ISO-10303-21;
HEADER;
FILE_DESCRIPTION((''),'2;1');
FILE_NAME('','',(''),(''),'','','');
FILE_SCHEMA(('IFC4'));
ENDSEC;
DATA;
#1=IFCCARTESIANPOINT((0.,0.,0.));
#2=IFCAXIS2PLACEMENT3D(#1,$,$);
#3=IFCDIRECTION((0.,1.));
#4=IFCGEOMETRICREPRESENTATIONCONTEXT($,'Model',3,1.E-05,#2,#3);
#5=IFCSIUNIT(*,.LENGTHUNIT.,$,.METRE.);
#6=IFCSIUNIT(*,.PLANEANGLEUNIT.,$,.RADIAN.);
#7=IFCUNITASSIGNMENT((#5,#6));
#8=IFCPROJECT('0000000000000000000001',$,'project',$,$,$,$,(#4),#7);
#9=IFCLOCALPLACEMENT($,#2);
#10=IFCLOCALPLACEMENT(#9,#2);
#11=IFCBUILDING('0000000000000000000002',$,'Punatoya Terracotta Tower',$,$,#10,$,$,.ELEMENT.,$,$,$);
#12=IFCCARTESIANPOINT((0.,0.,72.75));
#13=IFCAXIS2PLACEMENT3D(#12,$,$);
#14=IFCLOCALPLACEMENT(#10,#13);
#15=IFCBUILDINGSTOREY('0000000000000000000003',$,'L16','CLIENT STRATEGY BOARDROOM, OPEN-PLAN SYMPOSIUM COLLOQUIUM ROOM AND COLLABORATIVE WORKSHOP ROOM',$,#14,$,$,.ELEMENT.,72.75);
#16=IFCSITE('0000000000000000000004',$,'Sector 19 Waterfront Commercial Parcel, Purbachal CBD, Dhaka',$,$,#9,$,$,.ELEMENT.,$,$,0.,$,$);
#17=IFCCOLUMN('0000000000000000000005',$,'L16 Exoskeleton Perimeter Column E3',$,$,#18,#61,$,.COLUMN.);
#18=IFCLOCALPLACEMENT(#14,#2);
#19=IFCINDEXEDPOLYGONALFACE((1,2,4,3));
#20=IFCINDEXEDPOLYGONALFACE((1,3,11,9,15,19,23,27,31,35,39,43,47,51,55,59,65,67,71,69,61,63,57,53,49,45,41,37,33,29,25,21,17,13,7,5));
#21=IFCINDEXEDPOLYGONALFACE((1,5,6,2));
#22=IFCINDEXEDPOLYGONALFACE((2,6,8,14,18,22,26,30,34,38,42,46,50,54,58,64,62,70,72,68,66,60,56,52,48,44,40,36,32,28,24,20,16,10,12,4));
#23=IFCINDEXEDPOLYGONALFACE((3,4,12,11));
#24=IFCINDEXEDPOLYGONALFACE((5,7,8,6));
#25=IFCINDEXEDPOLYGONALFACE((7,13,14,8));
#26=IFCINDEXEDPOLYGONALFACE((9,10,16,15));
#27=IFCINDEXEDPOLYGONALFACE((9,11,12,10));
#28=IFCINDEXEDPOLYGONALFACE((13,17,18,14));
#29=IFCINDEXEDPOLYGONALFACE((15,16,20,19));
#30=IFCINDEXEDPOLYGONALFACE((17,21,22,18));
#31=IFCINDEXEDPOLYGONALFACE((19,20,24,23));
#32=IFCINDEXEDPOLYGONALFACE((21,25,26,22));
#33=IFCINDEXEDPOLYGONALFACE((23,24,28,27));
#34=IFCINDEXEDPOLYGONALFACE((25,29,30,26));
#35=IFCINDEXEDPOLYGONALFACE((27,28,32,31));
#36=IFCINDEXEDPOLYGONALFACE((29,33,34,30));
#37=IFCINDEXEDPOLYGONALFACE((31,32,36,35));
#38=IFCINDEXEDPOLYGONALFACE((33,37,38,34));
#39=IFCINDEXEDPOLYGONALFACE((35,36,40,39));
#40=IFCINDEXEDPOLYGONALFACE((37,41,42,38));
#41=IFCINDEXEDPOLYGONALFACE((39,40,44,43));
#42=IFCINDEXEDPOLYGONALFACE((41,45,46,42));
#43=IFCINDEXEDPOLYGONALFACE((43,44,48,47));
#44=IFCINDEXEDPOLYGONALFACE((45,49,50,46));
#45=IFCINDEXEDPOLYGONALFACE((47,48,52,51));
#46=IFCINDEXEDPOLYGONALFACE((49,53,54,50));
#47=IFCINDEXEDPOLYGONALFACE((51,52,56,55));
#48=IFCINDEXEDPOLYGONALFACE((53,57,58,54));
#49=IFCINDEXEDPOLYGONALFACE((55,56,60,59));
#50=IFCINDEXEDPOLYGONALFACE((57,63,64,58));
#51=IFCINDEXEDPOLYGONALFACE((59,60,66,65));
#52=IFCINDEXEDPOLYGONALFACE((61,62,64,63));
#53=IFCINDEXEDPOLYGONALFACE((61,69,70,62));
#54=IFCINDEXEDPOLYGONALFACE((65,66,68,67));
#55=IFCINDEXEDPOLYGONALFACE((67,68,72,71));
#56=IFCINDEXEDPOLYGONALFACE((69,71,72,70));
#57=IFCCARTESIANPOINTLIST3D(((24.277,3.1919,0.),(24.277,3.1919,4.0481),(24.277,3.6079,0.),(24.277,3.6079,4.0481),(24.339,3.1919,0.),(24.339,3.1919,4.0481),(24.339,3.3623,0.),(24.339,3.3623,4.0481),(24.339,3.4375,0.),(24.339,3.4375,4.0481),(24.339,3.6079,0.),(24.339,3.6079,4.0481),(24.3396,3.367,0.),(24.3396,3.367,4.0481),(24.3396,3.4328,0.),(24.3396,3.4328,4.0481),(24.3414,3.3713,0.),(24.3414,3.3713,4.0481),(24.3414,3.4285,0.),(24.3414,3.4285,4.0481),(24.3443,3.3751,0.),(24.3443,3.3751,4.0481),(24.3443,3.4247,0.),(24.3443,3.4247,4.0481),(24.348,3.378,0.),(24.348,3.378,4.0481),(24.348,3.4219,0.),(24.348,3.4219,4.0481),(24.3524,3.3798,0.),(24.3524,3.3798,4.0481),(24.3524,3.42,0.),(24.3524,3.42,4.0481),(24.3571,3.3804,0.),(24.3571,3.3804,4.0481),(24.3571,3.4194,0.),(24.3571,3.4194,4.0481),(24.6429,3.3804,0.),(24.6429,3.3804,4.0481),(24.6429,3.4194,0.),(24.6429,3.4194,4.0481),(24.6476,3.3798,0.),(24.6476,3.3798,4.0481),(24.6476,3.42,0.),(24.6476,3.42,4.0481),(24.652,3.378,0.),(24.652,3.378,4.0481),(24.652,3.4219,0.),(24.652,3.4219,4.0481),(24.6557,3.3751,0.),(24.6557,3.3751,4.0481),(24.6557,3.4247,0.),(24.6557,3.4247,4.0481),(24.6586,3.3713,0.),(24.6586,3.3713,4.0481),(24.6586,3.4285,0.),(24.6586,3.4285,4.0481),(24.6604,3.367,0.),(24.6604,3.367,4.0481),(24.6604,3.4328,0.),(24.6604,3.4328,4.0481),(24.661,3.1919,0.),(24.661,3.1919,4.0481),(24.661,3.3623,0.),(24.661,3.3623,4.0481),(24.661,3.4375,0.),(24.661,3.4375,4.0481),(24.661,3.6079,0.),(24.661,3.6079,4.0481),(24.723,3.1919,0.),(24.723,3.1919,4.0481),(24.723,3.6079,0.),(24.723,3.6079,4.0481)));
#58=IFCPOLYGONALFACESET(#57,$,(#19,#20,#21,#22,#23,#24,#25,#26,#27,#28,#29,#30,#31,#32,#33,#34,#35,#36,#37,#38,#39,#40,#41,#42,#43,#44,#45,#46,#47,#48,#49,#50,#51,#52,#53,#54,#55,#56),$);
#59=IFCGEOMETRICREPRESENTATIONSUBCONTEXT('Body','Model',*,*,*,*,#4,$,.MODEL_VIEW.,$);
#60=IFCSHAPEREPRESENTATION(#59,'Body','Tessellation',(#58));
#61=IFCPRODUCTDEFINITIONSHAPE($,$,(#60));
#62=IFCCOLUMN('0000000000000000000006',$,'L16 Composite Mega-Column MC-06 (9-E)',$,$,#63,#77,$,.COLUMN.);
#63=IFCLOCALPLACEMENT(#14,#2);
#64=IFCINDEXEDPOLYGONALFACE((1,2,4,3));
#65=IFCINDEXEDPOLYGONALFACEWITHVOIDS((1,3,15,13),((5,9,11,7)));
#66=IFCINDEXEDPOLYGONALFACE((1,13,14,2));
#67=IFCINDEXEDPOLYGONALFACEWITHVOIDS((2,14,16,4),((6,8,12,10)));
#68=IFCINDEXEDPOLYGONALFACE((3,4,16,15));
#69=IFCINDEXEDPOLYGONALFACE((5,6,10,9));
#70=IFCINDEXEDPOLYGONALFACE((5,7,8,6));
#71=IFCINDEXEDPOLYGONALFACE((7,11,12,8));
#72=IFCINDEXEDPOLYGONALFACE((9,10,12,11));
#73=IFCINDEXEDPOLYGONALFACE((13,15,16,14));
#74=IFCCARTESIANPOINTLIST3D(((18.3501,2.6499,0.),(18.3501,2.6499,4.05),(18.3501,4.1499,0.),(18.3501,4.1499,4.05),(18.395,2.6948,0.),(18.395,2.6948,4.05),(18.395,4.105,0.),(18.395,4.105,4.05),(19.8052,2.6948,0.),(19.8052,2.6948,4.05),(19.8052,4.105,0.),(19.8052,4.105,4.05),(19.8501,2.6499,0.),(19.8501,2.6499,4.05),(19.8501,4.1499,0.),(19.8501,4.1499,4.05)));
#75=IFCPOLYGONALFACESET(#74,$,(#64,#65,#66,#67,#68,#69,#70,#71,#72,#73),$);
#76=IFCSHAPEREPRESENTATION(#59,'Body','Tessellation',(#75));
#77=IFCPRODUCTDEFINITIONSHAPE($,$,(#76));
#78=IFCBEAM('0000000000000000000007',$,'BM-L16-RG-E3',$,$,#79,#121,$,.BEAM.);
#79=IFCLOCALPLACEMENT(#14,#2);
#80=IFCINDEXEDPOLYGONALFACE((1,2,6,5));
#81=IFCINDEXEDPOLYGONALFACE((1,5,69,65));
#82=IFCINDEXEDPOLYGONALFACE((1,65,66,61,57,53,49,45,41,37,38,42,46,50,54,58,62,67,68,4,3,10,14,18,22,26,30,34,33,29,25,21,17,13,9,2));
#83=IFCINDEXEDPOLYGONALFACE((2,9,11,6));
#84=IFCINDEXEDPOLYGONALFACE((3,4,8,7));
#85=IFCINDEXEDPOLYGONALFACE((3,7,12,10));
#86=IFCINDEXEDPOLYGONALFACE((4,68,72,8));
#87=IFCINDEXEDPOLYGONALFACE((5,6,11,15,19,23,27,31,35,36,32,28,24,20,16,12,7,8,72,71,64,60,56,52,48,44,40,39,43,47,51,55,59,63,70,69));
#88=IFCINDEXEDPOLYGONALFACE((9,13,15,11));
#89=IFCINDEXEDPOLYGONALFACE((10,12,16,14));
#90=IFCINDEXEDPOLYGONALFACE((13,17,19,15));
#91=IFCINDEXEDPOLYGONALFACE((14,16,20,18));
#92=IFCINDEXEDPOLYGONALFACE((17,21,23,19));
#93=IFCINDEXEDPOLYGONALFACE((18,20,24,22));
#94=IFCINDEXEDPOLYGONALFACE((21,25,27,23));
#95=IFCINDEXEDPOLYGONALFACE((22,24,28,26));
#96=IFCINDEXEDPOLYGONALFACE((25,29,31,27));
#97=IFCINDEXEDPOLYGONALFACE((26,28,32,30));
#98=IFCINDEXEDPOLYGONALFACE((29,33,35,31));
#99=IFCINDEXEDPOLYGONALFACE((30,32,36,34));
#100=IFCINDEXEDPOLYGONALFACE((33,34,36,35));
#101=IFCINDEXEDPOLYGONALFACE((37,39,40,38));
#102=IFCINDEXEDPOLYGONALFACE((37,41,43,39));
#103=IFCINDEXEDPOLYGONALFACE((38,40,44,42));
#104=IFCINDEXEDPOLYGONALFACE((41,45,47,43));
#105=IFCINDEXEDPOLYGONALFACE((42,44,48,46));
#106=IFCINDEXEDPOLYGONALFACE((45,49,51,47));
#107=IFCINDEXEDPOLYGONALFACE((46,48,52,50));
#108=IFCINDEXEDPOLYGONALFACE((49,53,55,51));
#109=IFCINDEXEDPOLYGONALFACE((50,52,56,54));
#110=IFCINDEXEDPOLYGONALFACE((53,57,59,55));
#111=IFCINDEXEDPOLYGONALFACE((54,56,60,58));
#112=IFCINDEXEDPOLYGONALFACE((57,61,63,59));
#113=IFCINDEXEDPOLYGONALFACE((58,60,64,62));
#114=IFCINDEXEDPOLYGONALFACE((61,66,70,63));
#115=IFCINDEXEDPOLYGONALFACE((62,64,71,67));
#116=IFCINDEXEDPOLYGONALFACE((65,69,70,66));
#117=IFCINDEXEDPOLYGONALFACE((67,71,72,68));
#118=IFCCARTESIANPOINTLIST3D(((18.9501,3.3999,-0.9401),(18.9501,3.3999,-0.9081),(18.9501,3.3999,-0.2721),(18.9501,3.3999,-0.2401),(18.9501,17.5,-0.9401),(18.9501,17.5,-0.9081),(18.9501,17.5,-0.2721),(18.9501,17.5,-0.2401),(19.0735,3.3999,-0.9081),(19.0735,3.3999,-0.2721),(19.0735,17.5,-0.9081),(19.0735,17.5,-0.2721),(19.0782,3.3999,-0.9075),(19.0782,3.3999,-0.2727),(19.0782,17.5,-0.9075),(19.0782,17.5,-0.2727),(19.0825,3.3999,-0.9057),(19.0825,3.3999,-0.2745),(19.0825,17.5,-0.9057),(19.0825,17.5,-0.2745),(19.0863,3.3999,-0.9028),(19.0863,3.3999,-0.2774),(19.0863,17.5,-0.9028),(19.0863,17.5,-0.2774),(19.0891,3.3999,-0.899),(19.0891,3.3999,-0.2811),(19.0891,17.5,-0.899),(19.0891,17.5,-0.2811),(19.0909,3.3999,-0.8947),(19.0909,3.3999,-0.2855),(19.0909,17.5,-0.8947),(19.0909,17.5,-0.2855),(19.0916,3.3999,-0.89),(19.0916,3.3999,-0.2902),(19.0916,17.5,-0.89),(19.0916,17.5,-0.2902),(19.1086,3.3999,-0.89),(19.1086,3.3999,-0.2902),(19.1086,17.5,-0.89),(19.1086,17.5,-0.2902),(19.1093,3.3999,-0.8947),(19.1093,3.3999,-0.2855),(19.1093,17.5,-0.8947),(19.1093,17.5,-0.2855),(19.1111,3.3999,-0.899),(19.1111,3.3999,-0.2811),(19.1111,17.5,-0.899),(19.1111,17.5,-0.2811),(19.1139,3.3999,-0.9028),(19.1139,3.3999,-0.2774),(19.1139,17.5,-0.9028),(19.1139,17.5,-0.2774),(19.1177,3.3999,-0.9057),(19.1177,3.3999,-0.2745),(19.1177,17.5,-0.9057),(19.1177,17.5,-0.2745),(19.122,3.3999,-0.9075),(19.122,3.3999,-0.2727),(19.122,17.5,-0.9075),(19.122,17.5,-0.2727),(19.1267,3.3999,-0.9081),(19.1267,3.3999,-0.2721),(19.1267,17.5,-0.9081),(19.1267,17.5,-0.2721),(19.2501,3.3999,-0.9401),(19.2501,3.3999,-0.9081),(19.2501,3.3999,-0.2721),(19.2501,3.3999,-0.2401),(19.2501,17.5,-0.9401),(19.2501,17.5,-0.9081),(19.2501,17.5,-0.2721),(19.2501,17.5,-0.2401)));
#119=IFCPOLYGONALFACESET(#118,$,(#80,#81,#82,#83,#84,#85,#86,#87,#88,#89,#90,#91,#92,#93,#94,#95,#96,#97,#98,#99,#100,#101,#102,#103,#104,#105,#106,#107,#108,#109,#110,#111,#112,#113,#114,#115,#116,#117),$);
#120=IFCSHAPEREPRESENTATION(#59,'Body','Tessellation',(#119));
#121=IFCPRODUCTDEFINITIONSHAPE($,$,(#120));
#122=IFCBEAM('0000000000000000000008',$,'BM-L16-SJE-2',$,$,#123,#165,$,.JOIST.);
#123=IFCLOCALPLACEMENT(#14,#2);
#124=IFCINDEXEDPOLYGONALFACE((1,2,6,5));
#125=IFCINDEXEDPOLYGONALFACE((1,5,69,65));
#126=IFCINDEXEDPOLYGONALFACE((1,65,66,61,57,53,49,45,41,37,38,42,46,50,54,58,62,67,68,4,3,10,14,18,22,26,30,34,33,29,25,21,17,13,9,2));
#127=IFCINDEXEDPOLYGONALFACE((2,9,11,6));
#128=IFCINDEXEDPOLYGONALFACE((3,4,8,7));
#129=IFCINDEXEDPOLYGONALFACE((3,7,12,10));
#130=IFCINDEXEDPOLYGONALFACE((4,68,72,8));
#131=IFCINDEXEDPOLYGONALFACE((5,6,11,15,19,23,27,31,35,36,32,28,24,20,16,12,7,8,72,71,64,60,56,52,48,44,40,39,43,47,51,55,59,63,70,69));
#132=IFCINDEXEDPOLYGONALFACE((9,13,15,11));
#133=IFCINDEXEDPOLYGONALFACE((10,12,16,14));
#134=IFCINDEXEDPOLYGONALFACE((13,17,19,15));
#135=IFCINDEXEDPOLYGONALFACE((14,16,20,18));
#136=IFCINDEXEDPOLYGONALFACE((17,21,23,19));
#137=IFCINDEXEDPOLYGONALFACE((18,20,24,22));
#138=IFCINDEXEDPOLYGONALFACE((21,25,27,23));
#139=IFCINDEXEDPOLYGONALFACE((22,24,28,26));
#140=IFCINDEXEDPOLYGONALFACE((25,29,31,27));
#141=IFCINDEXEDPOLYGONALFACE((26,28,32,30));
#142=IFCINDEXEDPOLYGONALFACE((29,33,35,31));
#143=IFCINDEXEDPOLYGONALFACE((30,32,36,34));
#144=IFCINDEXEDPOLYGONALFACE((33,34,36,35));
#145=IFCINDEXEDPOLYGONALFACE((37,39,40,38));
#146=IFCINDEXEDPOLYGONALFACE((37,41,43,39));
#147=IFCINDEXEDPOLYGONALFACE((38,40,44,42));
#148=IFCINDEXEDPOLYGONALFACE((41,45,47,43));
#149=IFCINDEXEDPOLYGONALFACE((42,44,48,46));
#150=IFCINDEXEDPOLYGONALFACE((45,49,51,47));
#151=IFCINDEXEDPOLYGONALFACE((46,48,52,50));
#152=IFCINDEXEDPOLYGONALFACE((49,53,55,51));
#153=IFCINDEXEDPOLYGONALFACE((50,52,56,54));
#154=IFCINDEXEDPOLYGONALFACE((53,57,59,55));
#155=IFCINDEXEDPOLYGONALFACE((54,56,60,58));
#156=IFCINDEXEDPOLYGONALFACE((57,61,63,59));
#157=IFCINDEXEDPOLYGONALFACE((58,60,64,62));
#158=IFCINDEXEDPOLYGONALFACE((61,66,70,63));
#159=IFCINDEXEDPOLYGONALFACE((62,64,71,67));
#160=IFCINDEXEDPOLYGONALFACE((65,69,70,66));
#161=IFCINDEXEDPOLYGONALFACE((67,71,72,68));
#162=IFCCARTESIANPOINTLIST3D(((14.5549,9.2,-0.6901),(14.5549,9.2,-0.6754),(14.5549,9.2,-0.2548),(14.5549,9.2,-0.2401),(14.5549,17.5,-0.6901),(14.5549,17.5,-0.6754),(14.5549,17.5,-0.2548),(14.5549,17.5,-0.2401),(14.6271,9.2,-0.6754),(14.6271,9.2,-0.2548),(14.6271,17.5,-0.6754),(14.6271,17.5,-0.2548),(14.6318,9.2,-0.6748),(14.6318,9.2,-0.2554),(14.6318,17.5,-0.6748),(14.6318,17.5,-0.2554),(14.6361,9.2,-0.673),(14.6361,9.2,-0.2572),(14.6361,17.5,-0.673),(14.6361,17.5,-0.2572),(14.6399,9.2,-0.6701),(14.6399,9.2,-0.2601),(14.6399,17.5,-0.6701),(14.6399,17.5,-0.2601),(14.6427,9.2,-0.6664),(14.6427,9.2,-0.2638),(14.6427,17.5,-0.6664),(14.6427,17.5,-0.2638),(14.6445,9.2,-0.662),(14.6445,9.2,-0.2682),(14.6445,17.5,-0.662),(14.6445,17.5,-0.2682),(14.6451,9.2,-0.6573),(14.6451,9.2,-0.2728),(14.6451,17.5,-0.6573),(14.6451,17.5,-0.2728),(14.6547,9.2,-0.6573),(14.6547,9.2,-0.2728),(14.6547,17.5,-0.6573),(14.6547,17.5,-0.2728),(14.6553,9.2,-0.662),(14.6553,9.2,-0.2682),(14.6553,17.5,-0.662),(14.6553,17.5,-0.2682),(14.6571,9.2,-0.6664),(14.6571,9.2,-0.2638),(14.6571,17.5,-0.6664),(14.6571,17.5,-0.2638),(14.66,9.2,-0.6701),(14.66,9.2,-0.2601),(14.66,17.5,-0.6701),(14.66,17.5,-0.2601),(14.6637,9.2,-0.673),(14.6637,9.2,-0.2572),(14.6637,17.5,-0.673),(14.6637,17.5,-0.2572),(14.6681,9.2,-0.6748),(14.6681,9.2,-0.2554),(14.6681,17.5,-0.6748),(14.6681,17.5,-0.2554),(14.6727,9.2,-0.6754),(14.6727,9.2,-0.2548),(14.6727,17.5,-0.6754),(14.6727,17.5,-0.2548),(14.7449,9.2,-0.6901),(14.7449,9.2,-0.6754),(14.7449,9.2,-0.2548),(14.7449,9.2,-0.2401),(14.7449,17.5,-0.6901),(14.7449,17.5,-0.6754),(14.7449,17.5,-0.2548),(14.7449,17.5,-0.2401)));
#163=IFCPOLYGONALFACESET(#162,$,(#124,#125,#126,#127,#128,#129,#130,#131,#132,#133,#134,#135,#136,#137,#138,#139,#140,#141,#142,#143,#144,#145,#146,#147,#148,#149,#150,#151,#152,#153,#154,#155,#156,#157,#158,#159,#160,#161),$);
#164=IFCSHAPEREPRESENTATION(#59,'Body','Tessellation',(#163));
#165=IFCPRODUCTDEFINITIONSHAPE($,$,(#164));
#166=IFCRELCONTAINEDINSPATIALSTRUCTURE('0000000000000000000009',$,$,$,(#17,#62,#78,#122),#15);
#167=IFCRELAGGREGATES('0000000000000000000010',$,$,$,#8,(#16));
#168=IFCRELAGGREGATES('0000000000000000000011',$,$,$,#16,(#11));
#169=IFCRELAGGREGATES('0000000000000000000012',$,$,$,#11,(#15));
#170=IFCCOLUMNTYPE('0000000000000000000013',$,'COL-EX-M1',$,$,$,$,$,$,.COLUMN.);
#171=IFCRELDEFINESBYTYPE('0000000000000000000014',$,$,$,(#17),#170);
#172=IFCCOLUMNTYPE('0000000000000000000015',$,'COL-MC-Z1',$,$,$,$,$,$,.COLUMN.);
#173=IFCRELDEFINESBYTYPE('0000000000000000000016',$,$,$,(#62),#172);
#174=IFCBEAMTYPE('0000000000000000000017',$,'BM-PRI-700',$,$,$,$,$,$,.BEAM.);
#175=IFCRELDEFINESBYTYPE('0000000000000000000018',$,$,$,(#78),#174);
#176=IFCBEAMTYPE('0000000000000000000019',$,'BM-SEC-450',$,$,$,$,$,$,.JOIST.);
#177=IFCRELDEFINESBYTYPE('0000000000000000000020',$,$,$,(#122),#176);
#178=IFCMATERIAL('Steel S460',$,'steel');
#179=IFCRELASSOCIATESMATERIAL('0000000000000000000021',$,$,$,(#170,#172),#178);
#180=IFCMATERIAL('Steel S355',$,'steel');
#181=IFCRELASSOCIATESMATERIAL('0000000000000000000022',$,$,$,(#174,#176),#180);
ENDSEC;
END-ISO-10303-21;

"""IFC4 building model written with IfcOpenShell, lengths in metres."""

from ifc_helpers import new_model, si_unit, direction, frame, origin, origin_2d, place, context, subcontext, project, spatial, hollow_rectangle, i_section, extrude, material, material_profile, profile_set, type_object, element, save


model = new_model("IFC4")

# Units and contexts
model_context = context("Model", 3, precision=1e-05, world=origin(), true_north=direction((0.0, 1.0)))
body_context = subcontext(model_context, "Body", "Model", "MODEL_VIEW")
ifc_project = project(units=[si_unit("LENGTHUNIT", "METRE"), si_unit("PLANEANGLEUNIT", "RADIAN")], contexts=[model_context])

# Site, building, storey
site_placement = place(None, origin())
site = spatial("IfcSite", under=ifc_project, at=site_placement, Name="Sector 19 Waterfront Commercial Parcel, Purbachal CBD, Dhaka", CompositionType="ELEMENT", RefElevation=0.0)
building_placement = place(site_placement, origin())
building = spatial("IfcBuilding", under=site, at=building_placement, Name="Punatoya Terracotta Tower", CompositionType="ELEMENT")
storey_placement = place(building_placement, frame((0.0, 0.0, 72.75)))
storey = spatial("IfcBuildingStorey", under=building, at=storey_placement, Name="L16", Description="CLIENT STRATEGY BOARDROOM, OPEN-PLAN SYMPOSIUM COLLOQUIUM ROOM AND COLLABORATIVE WORKSHOP ROOM", CompositionType="ELEMENT", Elevation=72.75)

# Columns
ifc_material_1 = material(Name="Steel S460", Category="steel")
ifc_material_profile_1 = material_profile(ifc_material_1, i_section(OverallWidth=0.416, OverallDepth=0.446, WebThickness=0.0391, FlangeThickness=0.062, FilletRadius=0.0181, at=origin_2d()))
ifc_profile_set_1 = profile_set([ifc_material_profile_1], Name="Steel S460")
column_type_1 = type_object("IfcColumnType", Name="COL-EX-M1", PredefinedType="COLUMN", material=ifc_profile_set_1)
column_1_placement = place(storey_placement, frame((24.5, 3.3999, 0.0), z_axis=(0.0, 0.0, 1.0), x_axis=(0.0, 1.0, 0.0)))
element("IfcColumn", 1, at=column_1_placement, inside=storey, type_object=column_type_1, Name="L16 Exoskeleton Perimeter Column E3", PredefinedType="COLUMN", context=body_context, shape_type="SweptSolid", body=[
    extrude(i_section(OverallWidth=0.416, OverallDepth=0.446, WebThickness=0.0391, FlangeThickness=0.062, FilletRadius=0.0181, at=origin_2d()), origin(), (0.0, 0.0, 1.0), 4.0481),
])
ifc_material_profile_2 = material_profile(ifc_material_1, hollow_rectangle(XDim=1.5, YDim=1.5, WallThickness=0.0449, at=origin_2d()))
ifc_profile_set_2 = profile_set([ifc_material_profile_2], Name="Steel S460")
column_type_2 = type_object("IfcColumnType", Name="COL-MC-Z1", PredefinedType="COLUMN", material=ifc_profile_set_2)
column_2_placement = place(storey_placement, frame((19.1001, 3.3999, 0.0), z_axis=(0.0, 0.0, 1.0), x_axis=(1.0, 0.0, 0.0)))
element("IfcColumn", 2, at=column_2_placement, inside=storey, type_object=column_type_2, Name="L16 Composite Mega-Column MC-06 (9-E)", PredefinedType="COLUMN", context=body_context, shape_type="SweptSolid", body=[
    extrude(hollow_rectangle(XDim=1.5, YDim=1.5, WallThickness=0.0449, at=origin_2d()), origin(), (0.0, 0.0, 1.0), 4.05),
])

# Beams
ifc_material_2 = material(Name="Steel S355", Category="steel")
ifc_material_profile_3 = material_profile(ifc_material_2, i_section(OverallWidth=0.3, OverallDepth=0.7, WebThickness=0.0171, FlangeThickness=0.032, FilletRadius=0.0181, at=origin_2d()))
ifc_profile_set_3 = profile_set([ifc_material_profile_3], Name="Steel S355")
beam_type_1 = type_object("IfcBeamType", Name="BM-PRI-700", PredefinedType="BEAM", material=ifc_profile_set_3)
beam_1_placement = place(storey_placement, frame((19.1001, 3.3999, -0.5901), z_axis=(0.0, 1.0, 0.0), x_axis=(-1.0, 0.0, 0.0)))
element("IfcBeam", 3, at=beam_1_placement, inside=storey, type_object=beam_type_1, Name="BM-L16-RG-E3", PredefinedType="BEAM", context=body_context, shape_type="SweptSolid", body=[
    extrude(i_section(OverallWidth=0.3, OverallDepth=0.7, WebThickness=0.0171, FlangeThickness=0.032, FilletRadius=0.0181, at=origin_2d()), origin(), (0.0, 0.0, 1.0), 14.1001),
])
ifc_material_profile_4 = material_profile(ifc_material_2, i_section(OverallWidth=0.1899, OverallDepth=0.45, WebThickness=0.0095, FlangeThickness=0.0146, FilletRadius=0.0181, at=origin_2d()))
ifc_profile_set_4 = profile_set([ifc_material_profile_4], Name="Steel S355")
beam_type_2 = type_object("IfcBeamType", Name="BM-SEC-450", PredefinedType="JOIST", material=ifc_profile_set_4)
beam_2_placement = place(storey_placement, frame((14.6499, 9.2, -0.4651), z_axis=(0.0, 1.0, 0.0), x_axis=(-1.0, 0.0, 0.0)))
element("IfcBeam", 4, at=beam_2_placement, inside=storey, type_object=beam_type_2, Name="BM-L16-SJE-2", PredefinedType="JOIST", context=body_context, shape_type="SweptSolid", body=[
    extrude(i_section(OverallWidth=0.1899, OverallDepth=0.45, WebThickness=0.0095, FlangeThickness=0.0146, FilletRadius=0.0181, at=origin_2d()), origin(), (0.0, 0.0, 1.0), 8.3),
])

save(model, "model.ifc")
